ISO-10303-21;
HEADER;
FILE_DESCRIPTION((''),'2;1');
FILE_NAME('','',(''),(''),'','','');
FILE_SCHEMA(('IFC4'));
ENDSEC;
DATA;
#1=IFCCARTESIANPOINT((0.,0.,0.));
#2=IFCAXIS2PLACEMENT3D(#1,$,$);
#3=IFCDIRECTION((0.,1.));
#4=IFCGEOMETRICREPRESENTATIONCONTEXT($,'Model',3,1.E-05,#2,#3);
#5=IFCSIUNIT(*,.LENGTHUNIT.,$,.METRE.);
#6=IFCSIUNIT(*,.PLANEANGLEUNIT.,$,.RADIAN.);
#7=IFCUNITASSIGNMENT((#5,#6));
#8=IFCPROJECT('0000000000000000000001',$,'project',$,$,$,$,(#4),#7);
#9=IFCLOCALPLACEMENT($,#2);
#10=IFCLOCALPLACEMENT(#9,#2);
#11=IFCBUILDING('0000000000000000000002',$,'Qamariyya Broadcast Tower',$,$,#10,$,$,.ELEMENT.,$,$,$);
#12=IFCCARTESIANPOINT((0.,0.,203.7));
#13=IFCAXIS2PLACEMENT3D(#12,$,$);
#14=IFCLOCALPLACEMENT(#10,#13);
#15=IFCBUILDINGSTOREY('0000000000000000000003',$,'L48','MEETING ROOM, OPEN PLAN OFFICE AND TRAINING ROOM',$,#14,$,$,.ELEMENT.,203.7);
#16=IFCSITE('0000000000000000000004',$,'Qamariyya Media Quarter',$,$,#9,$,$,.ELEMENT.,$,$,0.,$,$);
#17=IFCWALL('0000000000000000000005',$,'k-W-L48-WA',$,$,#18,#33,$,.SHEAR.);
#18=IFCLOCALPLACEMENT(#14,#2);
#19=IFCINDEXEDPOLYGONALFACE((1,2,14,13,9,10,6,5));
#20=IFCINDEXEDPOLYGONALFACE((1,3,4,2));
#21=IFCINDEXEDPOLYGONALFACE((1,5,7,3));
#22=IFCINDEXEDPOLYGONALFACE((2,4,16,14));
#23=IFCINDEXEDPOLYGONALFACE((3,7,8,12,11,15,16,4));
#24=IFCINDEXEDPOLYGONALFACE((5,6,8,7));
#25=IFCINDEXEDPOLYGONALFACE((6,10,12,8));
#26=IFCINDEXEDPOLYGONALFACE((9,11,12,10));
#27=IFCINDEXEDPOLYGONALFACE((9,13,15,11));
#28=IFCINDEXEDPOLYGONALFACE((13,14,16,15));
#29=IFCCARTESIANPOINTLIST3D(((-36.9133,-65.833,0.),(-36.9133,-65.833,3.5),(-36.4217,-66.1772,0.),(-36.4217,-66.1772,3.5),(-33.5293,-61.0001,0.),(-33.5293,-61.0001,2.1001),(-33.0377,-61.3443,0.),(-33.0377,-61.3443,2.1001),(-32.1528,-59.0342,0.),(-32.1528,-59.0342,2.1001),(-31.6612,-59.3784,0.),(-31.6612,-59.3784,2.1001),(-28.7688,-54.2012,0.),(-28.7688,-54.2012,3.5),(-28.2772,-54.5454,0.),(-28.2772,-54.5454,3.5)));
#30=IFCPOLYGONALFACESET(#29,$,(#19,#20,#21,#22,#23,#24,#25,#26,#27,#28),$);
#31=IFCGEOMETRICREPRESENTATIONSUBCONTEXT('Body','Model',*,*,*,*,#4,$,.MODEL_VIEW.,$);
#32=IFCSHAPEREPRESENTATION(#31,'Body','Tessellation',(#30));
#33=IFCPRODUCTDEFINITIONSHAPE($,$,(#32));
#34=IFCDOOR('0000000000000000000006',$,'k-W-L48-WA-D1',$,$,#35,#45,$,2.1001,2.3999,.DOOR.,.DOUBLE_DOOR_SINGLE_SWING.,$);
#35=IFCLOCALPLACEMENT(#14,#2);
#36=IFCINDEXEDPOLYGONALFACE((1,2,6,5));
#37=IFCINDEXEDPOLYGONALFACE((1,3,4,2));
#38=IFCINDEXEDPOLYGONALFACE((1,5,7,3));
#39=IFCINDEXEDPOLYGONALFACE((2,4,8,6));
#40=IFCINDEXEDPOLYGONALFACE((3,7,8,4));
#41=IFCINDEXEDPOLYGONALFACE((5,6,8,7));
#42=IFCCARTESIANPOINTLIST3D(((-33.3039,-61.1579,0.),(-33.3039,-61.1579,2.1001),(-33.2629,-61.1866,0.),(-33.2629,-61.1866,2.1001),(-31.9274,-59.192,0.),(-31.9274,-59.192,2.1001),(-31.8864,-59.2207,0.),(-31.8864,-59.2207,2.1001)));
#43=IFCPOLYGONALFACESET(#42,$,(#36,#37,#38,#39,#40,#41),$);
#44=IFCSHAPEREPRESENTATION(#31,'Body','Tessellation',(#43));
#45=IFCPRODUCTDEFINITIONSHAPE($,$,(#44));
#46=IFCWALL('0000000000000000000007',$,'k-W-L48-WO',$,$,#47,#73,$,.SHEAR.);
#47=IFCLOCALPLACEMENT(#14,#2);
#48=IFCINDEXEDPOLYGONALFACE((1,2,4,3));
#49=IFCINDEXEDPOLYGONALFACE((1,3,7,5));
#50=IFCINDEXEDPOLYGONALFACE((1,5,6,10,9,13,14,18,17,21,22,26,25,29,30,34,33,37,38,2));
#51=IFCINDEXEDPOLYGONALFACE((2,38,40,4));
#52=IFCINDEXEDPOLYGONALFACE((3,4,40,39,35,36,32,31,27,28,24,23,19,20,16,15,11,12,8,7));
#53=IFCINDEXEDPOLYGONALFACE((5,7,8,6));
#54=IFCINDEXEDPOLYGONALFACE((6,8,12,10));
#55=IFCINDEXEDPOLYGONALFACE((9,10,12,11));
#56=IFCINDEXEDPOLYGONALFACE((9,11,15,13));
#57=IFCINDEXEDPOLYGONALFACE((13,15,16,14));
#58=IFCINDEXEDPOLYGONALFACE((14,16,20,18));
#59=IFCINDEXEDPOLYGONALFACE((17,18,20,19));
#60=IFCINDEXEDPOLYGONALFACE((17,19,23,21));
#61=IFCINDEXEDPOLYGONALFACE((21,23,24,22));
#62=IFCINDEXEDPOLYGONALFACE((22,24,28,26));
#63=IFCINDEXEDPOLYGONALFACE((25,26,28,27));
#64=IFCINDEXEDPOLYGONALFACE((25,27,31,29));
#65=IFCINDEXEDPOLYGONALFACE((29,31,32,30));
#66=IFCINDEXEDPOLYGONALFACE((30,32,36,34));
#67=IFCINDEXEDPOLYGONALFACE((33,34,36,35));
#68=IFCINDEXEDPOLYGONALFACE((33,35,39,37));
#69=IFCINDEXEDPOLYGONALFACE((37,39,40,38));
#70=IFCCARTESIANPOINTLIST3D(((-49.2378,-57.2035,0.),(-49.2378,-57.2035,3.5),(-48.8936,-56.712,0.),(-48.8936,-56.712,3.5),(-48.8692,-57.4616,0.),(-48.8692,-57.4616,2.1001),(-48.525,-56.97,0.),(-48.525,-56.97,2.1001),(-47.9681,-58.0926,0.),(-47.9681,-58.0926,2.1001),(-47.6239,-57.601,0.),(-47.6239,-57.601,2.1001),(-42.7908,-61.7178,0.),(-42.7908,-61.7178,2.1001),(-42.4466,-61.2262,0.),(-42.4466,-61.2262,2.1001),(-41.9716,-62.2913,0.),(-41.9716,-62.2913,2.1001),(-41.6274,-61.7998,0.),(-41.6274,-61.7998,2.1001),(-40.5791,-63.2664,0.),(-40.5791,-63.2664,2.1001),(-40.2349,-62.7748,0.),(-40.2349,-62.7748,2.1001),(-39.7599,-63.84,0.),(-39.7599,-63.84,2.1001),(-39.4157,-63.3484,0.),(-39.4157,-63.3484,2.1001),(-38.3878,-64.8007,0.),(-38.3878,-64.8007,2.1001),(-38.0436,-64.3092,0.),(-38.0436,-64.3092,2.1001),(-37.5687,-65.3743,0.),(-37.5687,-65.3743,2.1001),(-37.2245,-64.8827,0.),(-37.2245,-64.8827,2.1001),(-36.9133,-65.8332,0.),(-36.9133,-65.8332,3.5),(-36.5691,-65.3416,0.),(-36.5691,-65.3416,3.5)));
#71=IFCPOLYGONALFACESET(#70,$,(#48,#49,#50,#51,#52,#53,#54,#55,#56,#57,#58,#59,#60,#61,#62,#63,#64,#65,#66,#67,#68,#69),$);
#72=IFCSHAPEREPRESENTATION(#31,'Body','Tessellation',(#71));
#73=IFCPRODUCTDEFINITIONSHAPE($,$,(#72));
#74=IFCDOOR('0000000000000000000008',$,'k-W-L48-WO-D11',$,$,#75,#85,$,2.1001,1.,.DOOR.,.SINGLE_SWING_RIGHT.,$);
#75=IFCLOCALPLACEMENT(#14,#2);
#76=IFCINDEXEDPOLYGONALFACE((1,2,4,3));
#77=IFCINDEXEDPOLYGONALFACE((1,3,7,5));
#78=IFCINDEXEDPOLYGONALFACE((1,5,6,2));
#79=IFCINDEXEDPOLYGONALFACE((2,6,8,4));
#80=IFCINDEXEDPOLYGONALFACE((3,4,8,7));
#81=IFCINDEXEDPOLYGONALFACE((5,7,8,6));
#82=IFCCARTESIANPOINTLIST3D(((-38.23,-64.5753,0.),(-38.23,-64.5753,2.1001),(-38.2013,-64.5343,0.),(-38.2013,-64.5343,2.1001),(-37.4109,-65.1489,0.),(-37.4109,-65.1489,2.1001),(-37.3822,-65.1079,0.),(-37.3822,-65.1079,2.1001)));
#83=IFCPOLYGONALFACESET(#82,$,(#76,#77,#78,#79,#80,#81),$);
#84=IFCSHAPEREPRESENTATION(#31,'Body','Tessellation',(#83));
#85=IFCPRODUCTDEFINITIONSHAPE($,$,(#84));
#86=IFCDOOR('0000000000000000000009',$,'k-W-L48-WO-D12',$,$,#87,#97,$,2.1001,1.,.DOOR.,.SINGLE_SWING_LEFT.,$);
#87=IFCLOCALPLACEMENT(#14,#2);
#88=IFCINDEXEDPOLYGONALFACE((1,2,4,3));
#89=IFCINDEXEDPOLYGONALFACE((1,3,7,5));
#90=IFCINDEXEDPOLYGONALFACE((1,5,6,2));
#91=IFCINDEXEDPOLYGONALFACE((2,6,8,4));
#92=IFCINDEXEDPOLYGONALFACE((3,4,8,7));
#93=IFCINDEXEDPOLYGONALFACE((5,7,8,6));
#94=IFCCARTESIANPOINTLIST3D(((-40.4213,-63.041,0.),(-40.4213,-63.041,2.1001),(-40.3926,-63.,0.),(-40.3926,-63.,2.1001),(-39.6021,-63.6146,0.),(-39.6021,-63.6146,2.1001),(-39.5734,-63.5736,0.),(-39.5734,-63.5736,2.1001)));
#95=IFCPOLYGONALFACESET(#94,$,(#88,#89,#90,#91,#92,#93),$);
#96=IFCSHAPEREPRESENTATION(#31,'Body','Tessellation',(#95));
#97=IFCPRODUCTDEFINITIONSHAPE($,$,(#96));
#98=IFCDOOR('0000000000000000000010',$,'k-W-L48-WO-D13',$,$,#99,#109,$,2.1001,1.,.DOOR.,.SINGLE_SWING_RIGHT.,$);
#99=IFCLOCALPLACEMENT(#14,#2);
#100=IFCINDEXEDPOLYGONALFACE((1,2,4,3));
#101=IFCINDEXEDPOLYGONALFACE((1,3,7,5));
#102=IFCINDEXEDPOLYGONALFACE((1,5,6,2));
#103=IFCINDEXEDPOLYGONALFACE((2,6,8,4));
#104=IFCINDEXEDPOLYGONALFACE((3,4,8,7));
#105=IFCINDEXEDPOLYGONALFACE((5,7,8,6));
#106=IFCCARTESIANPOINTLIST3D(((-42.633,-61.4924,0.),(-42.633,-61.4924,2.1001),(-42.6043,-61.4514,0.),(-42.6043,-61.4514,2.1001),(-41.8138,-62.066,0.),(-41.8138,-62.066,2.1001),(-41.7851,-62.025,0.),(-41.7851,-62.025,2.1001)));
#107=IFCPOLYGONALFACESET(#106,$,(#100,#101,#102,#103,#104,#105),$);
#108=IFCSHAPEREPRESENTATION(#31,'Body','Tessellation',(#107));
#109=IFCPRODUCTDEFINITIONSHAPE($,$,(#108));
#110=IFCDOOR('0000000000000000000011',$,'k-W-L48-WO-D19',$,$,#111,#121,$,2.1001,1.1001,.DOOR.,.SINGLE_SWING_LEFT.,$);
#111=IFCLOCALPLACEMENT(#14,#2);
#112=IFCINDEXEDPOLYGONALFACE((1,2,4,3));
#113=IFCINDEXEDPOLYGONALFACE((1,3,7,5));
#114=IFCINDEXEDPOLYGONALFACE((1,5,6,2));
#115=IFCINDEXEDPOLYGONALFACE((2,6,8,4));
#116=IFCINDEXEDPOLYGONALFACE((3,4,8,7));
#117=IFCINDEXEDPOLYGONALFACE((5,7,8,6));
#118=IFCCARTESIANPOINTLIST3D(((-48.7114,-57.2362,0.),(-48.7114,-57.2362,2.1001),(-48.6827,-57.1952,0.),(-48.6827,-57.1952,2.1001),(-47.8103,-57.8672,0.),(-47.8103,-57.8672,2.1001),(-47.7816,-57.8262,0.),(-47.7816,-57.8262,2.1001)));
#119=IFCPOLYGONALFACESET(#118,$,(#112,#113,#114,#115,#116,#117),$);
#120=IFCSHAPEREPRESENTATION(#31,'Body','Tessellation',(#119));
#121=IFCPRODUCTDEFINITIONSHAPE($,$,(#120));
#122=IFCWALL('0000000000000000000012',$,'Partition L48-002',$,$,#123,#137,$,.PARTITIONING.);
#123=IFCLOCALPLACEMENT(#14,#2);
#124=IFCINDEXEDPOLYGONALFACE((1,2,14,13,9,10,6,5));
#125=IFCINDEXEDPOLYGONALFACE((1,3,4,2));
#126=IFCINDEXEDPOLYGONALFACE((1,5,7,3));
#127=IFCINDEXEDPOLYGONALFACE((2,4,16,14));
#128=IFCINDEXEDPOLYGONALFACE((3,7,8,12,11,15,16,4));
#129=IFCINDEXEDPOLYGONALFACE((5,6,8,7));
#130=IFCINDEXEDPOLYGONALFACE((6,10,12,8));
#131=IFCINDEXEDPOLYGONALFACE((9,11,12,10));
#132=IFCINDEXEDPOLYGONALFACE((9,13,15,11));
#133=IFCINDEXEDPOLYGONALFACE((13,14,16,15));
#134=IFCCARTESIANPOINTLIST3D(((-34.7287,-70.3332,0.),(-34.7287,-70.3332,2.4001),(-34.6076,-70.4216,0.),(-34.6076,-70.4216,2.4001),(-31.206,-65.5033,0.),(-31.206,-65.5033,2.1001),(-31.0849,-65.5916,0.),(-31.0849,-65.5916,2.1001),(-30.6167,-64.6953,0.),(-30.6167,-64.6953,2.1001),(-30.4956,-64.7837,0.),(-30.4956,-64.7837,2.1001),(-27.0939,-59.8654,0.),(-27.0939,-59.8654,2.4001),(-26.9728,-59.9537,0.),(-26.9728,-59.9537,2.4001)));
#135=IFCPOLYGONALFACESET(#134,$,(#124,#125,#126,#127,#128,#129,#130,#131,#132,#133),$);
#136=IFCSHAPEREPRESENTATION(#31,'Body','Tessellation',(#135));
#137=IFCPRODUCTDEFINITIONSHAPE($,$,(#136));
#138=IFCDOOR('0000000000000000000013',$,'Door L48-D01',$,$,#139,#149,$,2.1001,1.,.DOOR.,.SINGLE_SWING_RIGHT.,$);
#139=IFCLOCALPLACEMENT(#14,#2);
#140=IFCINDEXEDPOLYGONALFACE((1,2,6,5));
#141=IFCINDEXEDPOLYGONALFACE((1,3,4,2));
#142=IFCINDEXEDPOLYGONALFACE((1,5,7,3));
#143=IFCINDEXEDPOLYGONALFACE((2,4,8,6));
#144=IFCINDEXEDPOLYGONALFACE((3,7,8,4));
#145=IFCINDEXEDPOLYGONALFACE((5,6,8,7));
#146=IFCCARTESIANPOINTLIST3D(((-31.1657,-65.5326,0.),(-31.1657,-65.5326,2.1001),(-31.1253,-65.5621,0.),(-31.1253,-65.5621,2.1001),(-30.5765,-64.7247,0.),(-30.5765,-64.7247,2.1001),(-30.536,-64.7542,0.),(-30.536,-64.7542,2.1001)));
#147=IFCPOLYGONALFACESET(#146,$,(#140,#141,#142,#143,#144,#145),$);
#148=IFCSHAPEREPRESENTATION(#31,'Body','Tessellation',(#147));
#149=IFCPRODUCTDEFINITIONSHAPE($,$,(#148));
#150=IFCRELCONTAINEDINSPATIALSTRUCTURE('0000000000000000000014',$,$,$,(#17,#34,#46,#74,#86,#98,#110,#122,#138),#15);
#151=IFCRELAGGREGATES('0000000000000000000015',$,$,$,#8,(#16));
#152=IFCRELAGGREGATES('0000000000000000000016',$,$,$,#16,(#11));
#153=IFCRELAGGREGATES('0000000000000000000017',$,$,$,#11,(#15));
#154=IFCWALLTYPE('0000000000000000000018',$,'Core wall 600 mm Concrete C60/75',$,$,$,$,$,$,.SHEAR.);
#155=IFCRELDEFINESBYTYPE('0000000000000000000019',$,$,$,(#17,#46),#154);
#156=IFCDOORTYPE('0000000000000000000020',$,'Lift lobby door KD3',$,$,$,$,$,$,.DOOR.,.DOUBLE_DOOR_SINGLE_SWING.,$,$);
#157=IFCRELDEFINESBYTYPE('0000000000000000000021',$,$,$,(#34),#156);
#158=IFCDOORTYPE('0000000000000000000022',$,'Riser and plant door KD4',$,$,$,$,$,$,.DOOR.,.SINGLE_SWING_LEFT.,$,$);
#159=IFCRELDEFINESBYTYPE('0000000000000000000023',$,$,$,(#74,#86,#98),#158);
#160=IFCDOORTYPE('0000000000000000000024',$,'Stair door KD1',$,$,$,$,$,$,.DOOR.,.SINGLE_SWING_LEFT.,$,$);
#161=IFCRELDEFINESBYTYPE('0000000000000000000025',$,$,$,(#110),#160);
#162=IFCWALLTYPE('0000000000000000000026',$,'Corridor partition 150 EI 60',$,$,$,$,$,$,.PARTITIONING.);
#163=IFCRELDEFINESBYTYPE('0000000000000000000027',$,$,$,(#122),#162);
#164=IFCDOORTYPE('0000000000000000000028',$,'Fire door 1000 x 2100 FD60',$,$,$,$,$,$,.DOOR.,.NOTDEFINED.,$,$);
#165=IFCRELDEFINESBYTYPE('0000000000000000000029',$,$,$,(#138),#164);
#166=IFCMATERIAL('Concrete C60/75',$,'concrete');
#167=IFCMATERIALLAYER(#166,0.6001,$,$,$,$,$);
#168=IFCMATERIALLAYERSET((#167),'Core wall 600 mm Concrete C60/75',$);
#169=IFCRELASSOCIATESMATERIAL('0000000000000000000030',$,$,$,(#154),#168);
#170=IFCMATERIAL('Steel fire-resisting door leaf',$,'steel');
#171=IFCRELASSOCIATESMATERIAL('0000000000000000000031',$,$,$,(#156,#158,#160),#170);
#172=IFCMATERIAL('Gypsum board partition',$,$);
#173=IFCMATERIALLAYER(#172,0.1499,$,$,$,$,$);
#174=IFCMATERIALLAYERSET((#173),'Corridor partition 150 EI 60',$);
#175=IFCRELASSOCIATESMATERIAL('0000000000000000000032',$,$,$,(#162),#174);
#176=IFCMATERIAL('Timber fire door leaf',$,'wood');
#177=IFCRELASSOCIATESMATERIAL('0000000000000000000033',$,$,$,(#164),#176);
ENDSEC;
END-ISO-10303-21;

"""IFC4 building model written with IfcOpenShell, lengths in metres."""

from ifc_helpers import new_model, si_unit, direction, frame, frame_2d, origin, place, context, subcontext, project, spatial, rectangle, extrude, material, layer, layer_set, type_object, element, fill, save


model = new_model("IFC4")

# Units and contexts
model_context = context("Model", 3, precision=1e-05, world=origin(), true_north=direction((0.0, 1.0)))
body_context = subcontext(model_context, "Body", "Model", "MODEL_VIEW")
ifc_project = project(units=[si_unit("LENGTHUNIT", "METRE"), si_unit("PLANEANGLEUNIT", "RADIAN")], contexts=[model_context])

# Site, building, storey
site_placement = place(None, origin())
site = spatial("IfcSite", under=ifc_project, at=site_placement, Name="Qamariyya Media Quarter", CompositionType="ELEMENT", RefElevation=0.0)
building_placement = place(site_placement, origin())
building = spatial("IfcBuilding", under=site, at=building_placement, Name="Qamariyya Broadcast Tower", CompositionType="ELEMENT")
storey_placement = place(building_placement, frame((0.0, 0.0, 203.7)))
storey = spatial("IfcBuildingStorey", under=building, at=storey_placement, Name="L48", Description="MEETING ROOM, OPEN PLAN OFFICE AND TRAINING ROOM", CompositionType="ELEMENT", Elevation=203.7)

# Wall, opening, door
ifc_material_1 = material(Name="Concrete C60/75", Category="concrete")
ifc_layer_1 = layer(ifc_material_1, 0.6001)
ifc_layer_set_1 = layer_set([ifc_layer_1], Name="Core wall 600 mm Concrete C60/75")
wall_type_1 = type_object("IfcWallType", Name="Core wall 600 mm Concrete C60/75", PredefinedType="SHEAR", material=ifc_layer_set_1)
wall_1_placement = place(storey_placement, frame((-36.6675, -66.0051, 0.0), z_axis=(0.0, 0.0, 1.0), x_axis=(0.573568, 0.819158, 0.0)))
wall_1 = element("IfcWall", 1, at=wall_1_placement, inside=storey, type_object=wall_type_1, Name="k-W-L48-WA", PredefinedType="SHEAR", context=body_context, shape_type="SweptSolid", body=[
    extrude(rectangle(XDim=14.1997, YDim=0.6001, at=frame_2d((7.0999, 0.0))), origin(), (0.0, 0.0, 1.0), 3.5),
])
opening_1_placement = place(wall_1_placement, frame((5.8999, 0.0, 0.0)))
opening_1 = element("IfcOpeningElement", 2, at=opening_1_placement, cuts=wall_1, PredefinedType="OPENING", context=body_context, shape_type="SweptSolid", body=[
    extrude(rectangle(XDim=2.3999, YDim=2.1001, at=frame_2d((1.2, 1.05))), frame((0.0, 0.3101, 0.0), z_axis=(0.0, -1.0, 0.0), x_axis=(1.0, 0.0, 0.0)), (0.0, 0.0, 1.0), 0.6201),
])
ifc_material_2 = material(Name="Steel fire-resisting door leaf", Category="steel")
door_type_1 = type_object("IfcDoorType", Name="Lift lobby door KD3", OperationType="DOUBLE_DOOR_SINGLE_SWING", PredefinedType="DOOR", material=ifc_material_2)
door_1_placement = place(opening_1_placement, origin())
door_1 = element("IfcDoor", 3, at=door_1_placement, inside=storey, type_object=door_type_1, Name="k-W-L48-WA-D1", OperationType="DOUBLE_DOOR_SINGLE_SWING", OverallHeight=2.1001, OverallWidth=2.3999, PredefinedType="DOOR", context=body_context, shape_type="SweptSolid", body=[
    extrude(rectangle(XDim=2.3999, YDim=2.1001, at=frame_2d((1.2, 1.05))), frame((0.0, 0.0249, 0.0), z_axis=(0.0, -1.0, 0.0), x_axis=(1.0, 0.0, 0.0)), (0.0, 0.0, 1.0), 0.05),
])
fill(opening_1, door_1)

# Wall, openings, doors
wall_2_placement = place(storey_placement, frame((-36.7412, -65.5874, 0.0), z_axis=(0.0, 0.0, 1.0), x_axis=(-0.819153, 0.573575, 0.0)))
wall_2 = element("IfcWall", 4, at=wall_2_placement, inside=storey, type_object=wall_type_1, Name="k-W-L48-WO", PredefinedType="SHEAR", context=body_context, shape_type="SweptSolid", body=[
    extrude(rectangle(XDim=15.0454, YDim=0.6001, at=frame_2d((7.5227, 0.0))), origin(), (0.0, 0.0, 1.0), 3.5),
])
opening_2_placement = place(wall_2_placement, frame((0.8, 0.0, 0.0)))
opening_2 = element("IfcOpeningElement", 5, at=opening_2_placement, cuts=wall_2, PredefinedType="OPENING", context=body_context, shape_type="SweptSolid", body=[
    extrude(rectangle(XDim=1.0, YDim=2.1001, at=frame_2d((0.5, 1.05))), frame((0.0, 0.3101, 0.0), z_axis=(0.0, -1.0, 0.0), x_axis=(1.0, 0.0, 0.0)), (0.0, 0.0, 1.0), 0.6201),
])
opening_3_placement = place(wall_2_placement, frame((3.4751, 0.0, 0.0)))
opening_3 = element("IfcOpeningElement", 6, at=opening_3_placement, cuts=wall_2, PredefinedType="OPENING", context=body_context, shape_type="SweptSolid", body=[
    extrude(rectangle(XDim=1.0, YDim=2.1001, at=frame_2d((0.5, 1.05))), frame((0.0, 0.3101, 0.0), z_axis=(0.0, -1.0, 0.0), x_axis=(1.0, 0.0, 0.0)), (0.0, 0.0, 1.0), 0.6201),
])
opening_4_placement = place(wall_2_placement, frame((6.175, 0.0, 0.0)))
opening_4 = element("IfcOpeningElement", 7, at=opening_4_placement, cuts=wall_2, PredefinedType="OPENING", context=body_context, shape_type="SweptSolid", body=[
    extrude(rectangle(XDim=1.0, YDim=2.1001, at=frame_2d((0.5, 1.05))), frame((0.0, 0.3101, 0.0), z_axis=(0.0, -1.0, 0.0), x_axis=(1.0, 0.0, 0.0)), (0.0, 0.0, 1.0), 0.6201),
])
opening_5_placement = place(wall_2_placement, frame((13.4954, 0.0, 0.0)))
opening_5 = element("IfcOpeningElement", 8, at=opening_5_placement, cuts=wall_2, PredefinedType="OPENING", context=body_context, shape_type="SweptSolid", body=[
    extrude(rectangle(XDim=1.1001, YDim=2.1001, at=frame_2d((0.55, 1.05))), frame((0.0, 0.3101, 0.0), z_axis=(0.0, -1.0, 0.0), x_axis=(1.0, 0.0, 0.0)), (0.0, 0.0, 1.0), 0.6201),
])
door_type_2 = type_object("IfcDoorType", Name="Riser and plant door KD4", OperationType="SINGLE_SWING_LEFT", PredefinedType="DOOR", material=ifc_material_2)
door_2_placement = place(opening_2_placement, origin())
door_2 = element("IfcDoor", 9, at=door_2_placement, inside=storey, type_object=door_type_2, Name="k-W-L48-WO-D11", OperationType="SINGLE_SWING_RIGHT", OverallHeight=2.1001, OverallWidth=1.0, PredefinedType="DOOR", context=body_context, shape_type="SweptSolid", body=[
    extrude(rectangle(XDim=1.0, YDim=2.1001, at=frame_2d((0.5, 1.05))), frame((0.0, 0.0249, 0.0), z_axis=(0.0, -1.0, 0.0), x_axis=(1.0, 0.0, 0.0)), (0.0, 0.0, 1.0), 0.05),
])
fill(opening_2, door_2)
door_3_placement = place(opening_3_placement, origin())
door_3 = element("IfcDoor", 10, at=door_3_placement, inside=storey, type_object=door_type_2, Name="k-W-L48-WO-D12", OperationType="SINGLE_SWING_LEFT", OverallHeight=2.1001, OverallWidth=1.0, PredefinedType="DOOR", context=body_context, shape_type="SweptSolid", body=[
    extrude(rectangle(XDim=1.0, YDim=2.1001, at=frame_2d((0.5, 1.05))), frame((0.0, 0.0249, 0.0), z_axis=(0.0, -1.0, 0.0), x_axis=(1.0, 0.0, 0.0)), (0.0, 0.0, 1.0), 0.05),
])
fill(opening_3, door_3)
door_4_placement = place(opening_4_placement, origin())
door_4 = element("IfcDoor", 11, at=door_4_placement, inside=storey, type_object=door_type_2, Name="k-W-L48-WO-D13", OperationType="SINGLE_SWING_RIGHT", OverallHeight=2.1001, OverallWidth=1.0, PredefinedType="DOOR", context=body_context, shape_type="SweptSolid", body=[
    extrude(rectangle(XDim=1.0, YDim=2.1001, at=frame_2d((0.5, 1.05))), frame((0.0, 0.0249, 0.0), z_axis=(0.0, -1.0, 0.0), x_axis=(1.0, 0.0, 0.0)), (0.0, 0.0, 1.0), 0.05),
])
fill(opening_4, door_4)
door_type_3 = type_object("IfcDoorType", Name="Stair door KD1", OperationType="SINGLE_SWING_LEFT", PredefinedType="DOOR", material=ifc_material_2)
door_5_placement = place(opening_5_placement, origin())
door_5 = element("IfcDoor", 12, at=door_5_placement, inside=storey, type_object=door_type_3, Name="k-W-L48-WO-D19", OperationType="SINGLE_SWING_LEFT", OverallHeight=2.1001, OverallWidth=1.1001, PredefinedType="DOOR", context=body_context, shape_type="SweptSolid", body=[
    extrude(rectangle(XDim=1.1001, YDim=2.1001, at=frame_2d((0.55, 1.05))), frame((0.0, 0.0249, 0.0), z_axis=(0.0, -1.0, 0.0), x_axis=(1.0, 0.0, 0.0)), (0.0, 0.0, 1.0), 0.05),
])
fill(opening_5, door_5)

# Wall, opening, door
ifc_material_3 = material(Name="Gypsum board partition")
ifc_layer_2 = layer(ifc_material_3, 0.1499)
ifc_layer_set_2 = layer_set([ifc_layer_2], Name="Corridor partition 150 EI 60")
wall_type_2 = type_object("IfcWallType", Name="Corridor partition 150 EI 60", PredefinedType="PARTITIONING", material=ifc_layer_set_2)
wall_3_placement = place(storey_placement, frame((-27.0334, -59.9097, 0.0), z_axis=(0.0, 0.0, 1.0), x_axis=(-0.589274, -0.807934, 0.0)))
wall_3 = element("IfcWall", 13, at=wall_3_placement, inside=storey, type_object=wall_type_2, Name="Partition L48-002", PredefinedType="PARTITIONING", context=body_context, shape_type="SweptSolid", body=[
    extrude(rectangle(XDim=12.9563, YDim=0.1499, at=frame_2d((6.478, 0.0))), origin(), (0.0, 0.0, 1.0), 2.4001),
])
opening_6_placement = place(wall_3_placement, frame((5.978, 0.0, 0.0)))
opening_6 = element("IfcOpeningElement", 14, at=opening_6_placement, cuts=wall_3, PredefinedType="OPENING", context=body_context, shape_type="SweptSolid", body=[
    extrude(rectangle(XDim=1.0, YDim=2.1001, at=frame_2d((0.5, 1.05))), frame((0.0, 0.085, 0.0), z_axis=(0.0, -1.0, 0.0), x_axis=(1.0, 0.0, 0.0)), (0.0, 0.0, 1.0), 0.1699),
])
ifc_material_4 = material(Name="Timber fire door leaf", Category="wood")
door_type_4 = type_object("IfcDoorType", Name="Fire door 1000 x 2100 FD60", OperationType="NOTDEFINED", PredefinedType="DOOR", material=ifc_material_4)
door_6_placement = place(opening_6_placement, origin())
door_6 = element("IfcDoor", 15, at=door_6_placement, inside=storey, type_object=door_type_4, Name="Door L48-D01", OperationType="SINGLE_SWING_RIGHT", OverallHeight=2.1001, OverallWidth=1.0, PredefinedType="DOOR", context=body_context, shape_type="SweptSolid", body=[
    extrude(rectangle(XDim=1.0, YDim=2.1001, at=frame_2d((0.5, 1.05))), frame((0.0, 0.0249, 0.0), z_axis=(0.0, -1.0, 0.0), x_axis=(1.0, 0.0, 0.0)), (0.0, 0.0, 1.0), 0.05),
])
fill(opening_6, door_6)

save(model, "model.ifc")
